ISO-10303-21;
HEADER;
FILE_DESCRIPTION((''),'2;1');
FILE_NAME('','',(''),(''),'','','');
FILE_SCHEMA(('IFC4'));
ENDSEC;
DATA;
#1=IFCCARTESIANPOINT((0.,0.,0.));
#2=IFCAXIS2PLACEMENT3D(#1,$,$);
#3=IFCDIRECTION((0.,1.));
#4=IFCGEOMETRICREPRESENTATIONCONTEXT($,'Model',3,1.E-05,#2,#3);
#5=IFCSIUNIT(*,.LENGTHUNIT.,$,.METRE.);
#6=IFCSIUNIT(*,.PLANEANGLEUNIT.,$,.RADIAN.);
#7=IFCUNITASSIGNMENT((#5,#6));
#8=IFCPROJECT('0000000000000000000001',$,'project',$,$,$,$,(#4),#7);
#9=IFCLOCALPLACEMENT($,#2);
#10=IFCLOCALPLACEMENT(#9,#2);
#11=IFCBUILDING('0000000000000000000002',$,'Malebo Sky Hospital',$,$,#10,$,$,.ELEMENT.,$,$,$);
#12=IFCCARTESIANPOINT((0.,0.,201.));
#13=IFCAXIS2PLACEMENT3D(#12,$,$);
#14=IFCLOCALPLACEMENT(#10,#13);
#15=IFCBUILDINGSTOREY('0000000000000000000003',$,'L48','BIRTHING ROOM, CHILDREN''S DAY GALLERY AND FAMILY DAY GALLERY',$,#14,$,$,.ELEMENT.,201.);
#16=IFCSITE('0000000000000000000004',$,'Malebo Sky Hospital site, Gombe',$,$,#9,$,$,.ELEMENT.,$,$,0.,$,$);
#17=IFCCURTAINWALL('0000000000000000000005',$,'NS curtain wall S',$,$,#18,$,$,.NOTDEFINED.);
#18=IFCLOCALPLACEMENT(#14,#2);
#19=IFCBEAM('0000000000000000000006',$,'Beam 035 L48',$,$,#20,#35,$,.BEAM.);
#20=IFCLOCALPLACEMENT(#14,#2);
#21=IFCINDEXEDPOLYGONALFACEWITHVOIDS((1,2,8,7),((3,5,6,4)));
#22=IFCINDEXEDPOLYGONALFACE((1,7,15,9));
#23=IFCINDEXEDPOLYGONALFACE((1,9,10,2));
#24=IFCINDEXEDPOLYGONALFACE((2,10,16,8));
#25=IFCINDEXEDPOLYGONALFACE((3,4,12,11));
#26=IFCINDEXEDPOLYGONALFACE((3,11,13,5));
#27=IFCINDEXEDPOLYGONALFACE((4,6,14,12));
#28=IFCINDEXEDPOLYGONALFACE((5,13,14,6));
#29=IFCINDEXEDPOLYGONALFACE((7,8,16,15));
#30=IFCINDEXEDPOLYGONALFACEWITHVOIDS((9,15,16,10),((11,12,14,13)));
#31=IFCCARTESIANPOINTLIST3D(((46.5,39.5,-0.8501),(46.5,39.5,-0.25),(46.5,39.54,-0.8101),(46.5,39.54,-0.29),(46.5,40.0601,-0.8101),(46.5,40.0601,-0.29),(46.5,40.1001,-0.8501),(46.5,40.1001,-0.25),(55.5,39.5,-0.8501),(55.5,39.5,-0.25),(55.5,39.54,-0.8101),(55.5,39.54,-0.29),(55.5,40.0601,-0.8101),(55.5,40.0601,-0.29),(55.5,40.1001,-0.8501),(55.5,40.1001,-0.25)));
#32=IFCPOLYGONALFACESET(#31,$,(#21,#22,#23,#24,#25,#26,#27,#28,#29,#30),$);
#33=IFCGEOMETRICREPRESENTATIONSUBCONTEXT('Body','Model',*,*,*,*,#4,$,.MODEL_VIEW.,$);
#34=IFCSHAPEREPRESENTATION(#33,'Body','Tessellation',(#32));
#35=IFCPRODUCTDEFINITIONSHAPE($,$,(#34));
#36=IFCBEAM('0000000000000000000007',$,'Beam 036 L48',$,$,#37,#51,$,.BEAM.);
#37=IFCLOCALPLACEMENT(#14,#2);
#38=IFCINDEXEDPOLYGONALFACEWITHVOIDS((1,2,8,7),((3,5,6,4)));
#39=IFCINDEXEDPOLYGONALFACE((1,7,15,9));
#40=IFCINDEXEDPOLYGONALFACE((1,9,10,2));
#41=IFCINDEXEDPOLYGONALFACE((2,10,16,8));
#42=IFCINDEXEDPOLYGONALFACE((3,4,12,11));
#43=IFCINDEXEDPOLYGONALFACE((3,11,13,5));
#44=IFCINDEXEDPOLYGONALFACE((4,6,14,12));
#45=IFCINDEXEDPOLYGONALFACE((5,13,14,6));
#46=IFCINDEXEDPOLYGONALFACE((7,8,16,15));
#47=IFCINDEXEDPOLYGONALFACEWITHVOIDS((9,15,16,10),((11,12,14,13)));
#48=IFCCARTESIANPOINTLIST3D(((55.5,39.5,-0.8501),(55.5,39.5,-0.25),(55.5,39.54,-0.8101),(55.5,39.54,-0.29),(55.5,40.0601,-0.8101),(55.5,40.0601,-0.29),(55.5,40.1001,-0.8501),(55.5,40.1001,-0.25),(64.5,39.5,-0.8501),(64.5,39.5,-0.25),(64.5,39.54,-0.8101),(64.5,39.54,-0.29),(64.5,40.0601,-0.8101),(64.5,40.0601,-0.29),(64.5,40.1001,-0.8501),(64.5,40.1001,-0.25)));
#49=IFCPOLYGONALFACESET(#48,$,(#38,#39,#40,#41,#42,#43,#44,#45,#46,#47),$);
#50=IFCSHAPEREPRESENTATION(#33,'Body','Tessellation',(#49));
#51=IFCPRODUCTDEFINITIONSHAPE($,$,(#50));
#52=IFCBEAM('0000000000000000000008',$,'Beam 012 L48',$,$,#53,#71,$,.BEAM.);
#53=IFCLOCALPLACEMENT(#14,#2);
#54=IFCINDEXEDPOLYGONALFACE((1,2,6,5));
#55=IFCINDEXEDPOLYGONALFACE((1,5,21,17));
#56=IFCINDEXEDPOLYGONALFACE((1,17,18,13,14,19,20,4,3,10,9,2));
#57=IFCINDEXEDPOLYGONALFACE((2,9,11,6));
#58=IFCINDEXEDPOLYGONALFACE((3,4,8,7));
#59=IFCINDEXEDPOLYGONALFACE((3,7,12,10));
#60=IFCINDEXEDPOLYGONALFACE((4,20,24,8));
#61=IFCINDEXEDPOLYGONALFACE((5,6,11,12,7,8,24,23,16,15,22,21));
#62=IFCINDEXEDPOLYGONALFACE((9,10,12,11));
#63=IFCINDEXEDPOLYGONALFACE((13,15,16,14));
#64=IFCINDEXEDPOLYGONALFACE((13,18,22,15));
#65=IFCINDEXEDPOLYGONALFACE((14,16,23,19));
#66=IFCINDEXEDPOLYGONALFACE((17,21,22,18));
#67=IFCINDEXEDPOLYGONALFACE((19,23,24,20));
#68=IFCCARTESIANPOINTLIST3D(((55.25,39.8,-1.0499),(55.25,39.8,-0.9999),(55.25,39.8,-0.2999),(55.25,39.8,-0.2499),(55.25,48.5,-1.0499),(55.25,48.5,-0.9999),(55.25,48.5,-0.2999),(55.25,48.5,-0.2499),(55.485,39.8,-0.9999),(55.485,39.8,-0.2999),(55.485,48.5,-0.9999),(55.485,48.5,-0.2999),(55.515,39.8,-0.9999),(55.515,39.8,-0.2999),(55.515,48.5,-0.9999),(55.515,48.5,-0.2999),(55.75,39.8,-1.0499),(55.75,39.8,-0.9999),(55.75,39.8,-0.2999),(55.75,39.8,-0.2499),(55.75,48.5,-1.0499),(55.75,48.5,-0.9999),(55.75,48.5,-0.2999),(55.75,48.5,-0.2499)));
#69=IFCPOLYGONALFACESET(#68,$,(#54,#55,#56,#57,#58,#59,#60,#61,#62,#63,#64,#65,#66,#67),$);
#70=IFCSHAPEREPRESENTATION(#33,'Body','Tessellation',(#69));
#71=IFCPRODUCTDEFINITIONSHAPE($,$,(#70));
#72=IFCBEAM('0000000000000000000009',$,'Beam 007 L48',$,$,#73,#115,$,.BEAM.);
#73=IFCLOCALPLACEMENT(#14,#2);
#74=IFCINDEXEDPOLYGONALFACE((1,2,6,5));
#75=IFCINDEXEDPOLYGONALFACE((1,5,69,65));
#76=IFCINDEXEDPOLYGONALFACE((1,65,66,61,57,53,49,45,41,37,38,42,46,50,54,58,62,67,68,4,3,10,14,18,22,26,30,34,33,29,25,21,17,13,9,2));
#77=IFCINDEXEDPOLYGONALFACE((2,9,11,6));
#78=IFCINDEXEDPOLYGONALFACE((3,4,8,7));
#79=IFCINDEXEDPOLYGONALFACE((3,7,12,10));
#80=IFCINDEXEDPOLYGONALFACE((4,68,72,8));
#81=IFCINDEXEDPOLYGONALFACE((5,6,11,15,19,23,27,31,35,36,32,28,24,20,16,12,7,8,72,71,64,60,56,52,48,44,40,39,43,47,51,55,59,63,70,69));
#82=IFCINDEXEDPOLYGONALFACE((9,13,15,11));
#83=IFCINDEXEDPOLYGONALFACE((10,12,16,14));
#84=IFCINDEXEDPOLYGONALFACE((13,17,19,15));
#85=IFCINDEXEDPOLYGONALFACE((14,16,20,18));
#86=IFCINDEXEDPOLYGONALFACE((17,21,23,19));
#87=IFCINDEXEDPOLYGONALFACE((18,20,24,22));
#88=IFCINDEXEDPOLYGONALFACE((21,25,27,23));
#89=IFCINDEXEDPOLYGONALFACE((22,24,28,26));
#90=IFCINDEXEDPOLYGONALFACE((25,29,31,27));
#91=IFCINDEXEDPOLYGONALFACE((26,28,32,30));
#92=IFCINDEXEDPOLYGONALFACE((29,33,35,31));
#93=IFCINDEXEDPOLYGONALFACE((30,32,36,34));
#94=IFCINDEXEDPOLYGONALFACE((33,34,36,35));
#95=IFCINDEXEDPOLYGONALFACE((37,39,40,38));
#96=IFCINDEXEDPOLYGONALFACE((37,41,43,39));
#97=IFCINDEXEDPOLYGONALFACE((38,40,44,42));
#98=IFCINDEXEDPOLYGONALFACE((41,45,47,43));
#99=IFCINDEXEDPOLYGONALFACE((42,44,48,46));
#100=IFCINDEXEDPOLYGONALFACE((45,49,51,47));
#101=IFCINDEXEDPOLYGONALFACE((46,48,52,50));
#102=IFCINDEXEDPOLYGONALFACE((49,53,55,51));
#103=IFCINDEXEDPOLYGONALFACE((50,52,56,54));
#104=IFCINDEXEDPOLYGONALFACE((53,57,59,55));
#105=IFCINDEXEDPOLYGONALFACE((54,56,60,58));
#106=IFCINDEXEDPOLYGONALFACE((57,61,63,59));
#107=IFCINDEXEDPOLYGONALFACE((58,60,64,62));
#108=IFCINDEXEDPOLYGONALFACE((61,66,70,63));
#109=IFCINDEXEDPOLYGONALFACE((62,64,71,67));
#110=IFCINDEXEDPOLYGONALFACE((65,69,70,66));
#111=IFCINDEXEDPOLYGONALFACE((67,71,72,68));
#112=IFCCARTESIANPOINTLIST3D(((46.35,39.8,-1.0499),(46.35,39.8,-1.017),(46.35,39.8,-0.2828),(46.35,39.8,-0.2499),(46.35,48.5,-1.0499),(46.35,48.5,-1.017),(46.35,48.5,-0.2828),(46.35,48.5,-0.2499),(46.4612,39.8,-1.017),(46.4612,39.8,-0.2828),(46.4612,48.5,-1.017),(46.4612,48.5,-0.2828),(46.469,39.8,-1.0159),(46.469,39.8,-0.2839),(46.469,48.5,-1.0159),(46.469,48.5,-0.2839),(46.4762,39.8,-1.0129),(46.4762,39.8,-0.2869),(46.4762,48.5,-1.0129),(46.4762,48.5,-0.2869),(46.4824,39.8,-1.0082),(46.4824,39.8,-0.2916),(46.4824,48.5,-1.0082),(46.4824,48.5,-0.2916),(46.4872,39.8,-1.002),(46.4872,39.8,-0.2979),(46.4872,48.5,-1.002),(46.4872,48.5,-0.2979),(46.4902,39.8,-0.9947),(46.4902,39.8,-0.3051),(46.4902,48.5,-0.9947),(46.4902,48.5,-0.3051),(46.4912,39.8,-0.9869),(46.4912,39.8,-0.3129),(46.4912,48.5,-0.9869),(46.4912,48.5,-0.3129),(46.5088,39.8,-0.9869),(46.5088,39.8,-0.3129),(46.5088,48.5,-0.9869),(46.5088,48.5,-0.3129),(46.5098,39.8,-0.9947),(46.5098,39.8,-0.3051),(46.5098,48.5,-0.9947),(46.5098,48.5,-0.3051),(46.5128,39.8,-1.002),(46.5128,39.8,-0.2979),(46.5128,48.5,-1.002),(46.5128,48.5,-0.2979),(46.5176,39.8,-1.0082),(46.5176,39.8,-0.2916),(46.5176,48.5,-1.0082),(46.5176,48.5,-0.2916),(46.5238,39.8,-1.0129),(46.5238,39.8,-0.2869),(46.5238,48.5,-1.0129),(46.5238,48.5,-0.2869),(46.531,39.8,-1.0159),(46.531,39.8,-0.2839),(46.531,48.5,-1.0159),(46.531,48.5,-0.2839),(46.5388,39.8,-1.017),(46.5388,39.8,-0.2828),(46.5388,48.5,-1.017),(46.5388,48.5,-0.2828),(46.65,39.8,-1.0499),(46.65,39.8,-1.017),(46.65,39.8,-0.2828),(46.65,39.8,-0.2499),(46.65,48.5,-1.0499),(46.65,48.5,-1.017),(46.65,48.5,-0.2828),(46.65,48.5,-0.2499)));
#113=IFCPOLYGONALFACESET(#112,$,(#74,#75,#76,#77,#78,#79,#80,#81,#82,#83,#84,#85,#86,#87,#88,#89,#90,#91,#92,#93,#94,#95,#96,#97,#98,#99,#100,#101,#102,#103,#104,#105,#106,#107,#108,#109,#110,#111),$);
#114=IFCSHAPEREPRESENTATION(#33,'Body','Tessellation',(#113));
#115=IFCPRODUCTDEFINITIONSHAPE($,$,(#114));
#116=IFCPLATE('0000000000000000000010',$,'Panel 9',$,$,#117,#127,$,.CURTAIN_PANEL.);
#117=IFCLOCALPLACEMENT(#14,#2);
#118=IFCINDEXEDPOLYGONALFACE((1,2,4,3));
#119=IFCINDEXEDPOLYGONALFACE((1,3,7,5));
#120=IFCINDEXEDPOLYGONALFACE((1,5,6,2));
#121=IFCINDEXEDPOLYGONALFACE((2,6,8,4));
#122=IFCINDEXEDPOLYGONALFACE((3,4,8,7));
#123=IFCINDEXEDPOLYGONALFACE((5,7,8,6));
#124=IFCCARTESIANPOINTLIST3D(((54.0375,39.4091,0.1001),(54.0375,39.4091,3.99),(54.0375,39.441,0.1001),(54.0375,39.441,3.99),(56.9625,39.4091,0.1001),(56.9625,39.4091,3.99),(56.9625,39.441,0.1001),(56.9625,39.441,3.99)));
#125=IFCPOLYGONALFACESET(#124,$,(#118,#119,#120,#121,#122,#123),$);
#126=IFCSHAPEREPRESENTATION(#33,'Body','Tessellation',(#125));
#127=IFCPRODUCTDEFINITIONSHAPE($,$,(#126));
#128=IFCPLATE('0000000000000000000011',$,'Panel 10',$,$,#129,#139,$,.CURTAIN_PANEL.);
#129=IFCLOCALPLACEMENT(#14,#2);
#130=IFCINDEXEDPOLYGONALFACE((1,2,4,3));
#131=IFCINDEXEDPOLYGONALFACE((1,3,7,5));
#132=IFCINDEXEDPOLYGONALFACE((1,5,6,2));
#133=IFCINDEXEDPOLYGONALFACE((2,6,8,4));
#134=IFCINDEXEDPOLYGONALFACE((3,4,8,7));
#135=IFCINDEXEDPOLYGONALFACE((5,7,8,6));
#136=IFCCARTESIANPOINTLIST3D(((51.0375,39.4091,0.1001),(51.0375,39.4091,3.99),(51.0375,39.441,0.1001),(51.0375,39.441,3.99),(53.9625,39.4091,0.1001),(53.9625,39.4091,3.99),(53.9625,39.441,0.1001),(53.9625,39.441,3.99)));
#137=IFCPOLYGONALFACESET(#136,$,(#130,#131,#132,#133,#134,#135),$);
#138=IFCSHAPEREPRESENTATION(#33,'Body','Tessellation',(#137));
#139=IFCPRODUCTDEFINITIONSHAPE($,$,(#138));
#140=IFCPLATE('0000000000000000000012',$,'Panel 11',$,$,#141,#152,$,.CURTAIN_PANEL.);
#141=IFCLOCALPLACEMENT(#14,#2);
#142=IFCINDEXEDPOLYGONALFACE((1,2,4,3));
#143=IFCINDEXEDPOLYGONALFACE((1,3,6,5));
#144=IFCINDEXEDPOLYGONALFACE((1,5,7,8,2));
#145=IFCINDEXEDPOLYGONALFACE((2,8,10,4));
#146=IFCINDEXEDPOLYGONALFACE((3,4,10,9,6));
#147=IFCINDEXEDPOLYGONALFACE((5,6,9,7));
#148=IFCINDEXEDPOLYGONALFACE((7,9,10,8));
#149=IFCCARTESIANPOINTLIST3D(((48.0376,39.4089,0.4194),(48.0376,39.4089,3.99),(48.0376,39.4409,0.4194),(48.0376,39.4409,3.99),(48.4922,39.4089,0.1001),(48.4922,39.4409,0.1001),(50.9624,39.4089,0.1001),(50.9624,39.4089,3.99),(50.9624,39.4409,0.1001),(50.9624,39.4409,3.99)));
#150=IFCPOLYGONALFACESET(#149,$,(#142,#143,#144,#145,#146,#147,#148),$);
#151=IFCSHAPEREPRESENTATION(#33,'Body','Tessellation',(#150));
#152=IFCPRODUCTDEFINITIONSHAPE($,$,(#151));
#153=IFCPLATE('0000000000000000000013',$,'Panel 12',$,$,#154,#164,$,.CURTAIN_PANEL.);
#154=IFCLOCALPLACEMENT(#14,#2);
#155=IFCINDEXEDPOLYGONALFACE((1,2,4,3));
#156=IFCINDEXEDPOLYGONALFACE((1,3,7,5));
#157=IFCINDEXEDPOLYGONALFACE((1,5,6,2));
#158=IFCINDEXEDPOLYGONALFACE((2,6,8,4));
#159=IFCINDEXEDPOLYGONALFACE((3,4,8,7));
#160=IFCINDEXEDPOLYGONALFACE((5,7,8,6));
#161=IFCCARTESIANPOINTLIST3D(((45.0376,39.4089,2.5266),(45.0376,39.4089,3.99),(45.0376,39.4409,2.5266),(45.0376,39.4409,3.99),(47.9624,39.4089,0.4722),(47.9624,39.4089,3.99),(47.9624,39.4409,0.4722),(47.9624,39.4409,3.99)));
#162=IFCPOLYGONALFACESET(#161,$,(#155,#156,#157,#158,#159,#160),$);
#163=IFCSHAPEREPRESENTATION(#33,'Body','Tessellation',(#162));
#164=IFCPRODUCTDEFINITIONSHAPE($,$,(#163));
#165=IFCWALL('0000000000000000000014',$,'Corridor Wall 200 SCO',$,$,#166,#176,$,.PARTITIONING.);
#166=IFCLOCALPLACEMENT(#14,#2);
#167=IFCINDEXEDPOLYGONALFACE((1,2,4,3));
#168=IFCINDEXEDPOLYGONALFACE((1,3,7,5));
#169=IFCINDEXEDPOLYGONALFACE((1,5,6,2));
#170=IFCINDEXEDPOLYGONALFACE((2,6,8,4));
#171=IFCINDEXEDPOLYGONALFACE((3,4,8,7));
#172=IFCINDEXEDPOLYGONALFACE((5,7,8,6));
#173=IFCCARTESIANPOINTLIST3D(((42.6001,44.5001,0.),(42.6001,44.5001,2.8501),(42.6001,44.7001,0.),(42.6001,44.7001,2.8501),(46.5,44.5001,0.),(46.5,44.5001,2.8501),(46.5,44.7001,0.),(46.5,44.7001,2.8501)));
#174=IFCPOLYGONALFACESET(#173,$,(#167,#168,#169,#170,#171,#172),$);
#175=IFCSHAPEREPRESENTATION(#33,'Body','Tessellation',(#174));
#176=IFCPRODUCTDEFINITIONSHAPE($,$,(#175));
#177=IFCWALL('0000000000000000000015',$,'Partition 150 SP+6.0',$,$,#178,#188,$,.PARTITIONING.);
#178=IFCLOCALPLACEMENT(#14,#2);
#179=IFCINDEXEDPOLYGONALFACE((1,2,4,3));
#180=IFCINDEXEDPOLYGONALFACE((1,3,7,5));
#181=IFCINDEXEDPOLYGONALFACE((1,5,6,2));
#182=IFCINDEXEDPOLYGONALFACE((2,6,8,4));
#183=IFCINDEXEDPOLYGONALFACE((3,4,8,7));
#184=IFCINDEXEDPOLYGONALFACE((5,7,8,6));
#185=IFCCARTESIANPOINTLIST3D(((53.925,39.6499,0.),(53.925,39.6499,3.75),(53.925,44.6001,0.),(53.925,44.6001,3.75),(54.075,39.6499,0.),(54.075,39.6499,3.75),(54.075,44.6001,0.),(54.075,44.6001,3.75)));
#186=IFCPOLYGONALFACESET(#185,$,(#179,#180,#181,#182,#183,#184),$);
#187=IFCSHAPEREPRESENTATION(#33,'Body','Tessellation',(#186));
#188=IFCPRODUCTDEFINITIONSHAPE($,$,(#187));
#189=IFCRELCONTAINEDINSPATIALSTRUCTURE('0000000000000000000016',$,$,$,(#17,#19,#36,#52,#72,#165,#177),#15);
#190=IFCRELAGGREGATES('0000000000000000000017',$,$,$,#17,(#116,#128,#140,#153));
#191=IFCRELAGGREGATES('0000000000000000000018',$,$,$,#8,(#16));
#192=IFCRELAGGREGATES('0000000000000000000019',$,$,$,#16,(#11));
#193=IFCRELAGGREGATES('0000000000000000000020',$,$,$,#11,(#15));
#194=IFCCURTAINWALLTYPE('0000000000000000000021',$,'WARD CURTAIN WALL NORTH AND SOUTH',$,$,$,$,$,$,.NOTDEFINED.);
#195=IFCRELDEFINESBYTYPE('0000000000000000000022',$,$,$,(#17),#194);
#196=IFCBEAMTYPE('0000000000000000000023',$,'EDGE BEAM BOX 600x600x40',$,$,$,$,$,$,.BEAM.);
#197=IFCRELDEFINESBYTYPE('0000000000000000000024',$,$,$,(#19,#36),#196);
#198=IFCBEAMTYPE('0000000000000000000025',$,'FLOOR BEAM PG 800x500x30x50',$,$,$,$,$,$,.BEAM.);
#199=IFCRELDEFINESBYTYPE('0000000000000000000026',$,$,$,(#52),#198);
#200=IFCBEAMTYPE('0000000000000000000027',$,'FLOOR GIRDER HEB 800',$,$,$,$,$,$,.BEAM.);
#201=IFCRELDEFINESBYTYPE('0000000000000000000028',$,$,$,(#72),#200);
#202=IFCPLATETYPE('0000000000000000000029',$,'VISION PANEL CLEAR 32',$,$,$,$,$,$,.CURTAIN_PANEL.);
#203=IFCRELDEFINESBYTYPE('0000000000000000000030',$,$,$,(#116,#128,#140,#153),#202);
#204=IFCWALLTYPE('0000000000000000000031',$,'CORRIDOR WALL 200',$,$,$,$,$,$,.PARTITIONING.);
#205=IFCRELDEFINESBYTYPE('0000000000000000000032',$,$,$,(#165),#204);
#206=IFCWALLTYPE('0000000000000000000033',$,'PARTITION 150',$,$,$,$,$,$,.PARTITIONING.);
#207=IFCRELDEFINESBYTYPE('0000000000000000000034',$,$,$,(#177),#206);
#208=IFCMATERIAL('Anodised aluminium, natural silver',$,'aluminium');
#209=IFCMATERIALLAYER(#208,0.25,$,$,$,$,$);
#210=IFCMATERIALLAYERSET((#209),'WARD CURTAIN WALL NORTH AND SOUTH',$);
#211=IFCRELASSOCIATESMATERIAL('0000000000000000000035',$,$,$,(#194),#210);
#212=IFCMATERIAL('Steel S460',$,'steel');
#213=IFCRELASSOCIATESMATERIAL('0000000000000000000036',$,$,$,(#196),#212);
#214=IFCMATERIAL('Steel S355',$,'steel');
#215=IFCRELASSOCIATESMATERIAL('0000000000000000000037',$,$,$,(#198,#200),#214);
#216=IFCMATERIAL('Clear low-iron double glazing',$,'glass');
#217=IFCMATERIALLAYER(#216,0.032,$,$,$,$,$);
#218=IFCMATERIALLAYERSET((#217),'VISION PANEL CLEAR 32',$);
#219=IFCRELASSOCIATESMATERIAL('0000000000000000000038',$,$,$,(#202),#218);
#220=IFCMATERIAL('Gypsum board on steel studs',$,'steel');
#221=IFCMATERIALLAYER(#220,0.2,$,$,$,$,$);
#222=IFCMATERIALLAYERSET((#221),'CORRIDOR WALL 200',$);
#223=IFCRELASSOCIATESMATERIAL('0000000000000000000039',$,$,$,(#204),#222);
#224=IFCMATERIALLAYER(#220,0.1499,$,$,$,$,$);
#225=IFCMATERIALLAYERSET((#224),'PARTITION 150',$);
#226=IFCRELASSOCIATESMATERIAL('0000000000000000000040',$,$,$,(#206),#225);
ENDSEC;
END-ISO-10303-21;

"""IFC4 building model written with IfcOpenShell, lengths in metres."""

from ifc_helpers import new_model, si_unit, direction, frame, frame_2d, origin, origin_2d, place, context, subcontext, project, spatial, polyline, rectangle, hollow_rectangle, i_section, outline, extrude, material, layer, layer_set, material_profile, profile_set, type_object, element, aggregate, save


model = new_model("IFC4")

# Units and contexts
model_context = context("Model", 3, precision=1e-05, world=origin(), true_north=direction((0.0, 1.0)))
body_context = subcontext(model_context, "Body", "Model", "MODEL_VIEW")
ifc_project = project(units=[si_unit("LENGTHUNIT", "METRE"), si_unit("PLANEANGLEUNIT", "RADIAN")], contexts=[model_context])

# Site, building, storey
site_placement = place(None, origin())
site = spatial("IfcSite", under=ifc_project, at=site_placement, Name="Malebo Sky Hospital site, Gombe", CompositionType="ELEMENT", RefElevation=0.0)
building_placement = place(site_placement, origin())
building = spatial("IfcBuilding", under=site, at=building_placement, Name="Malebo Sky Hospital", CompositionType="ELEMENT")
storey_placement = place(building_placement, frame((0.0, 0.0, 201.0)))
storey = spatial("IfcBuildingStorey", under=building, at=storey_placement, Name="L48", Description="BIRTHING ROOM, CHILDREN'S DAY GALLERY AND FAMILY DAY GALLERY", CompositionType="ELEMENT", Elevation=201.0)

# Shared definitions
ifc_material_1 = material(Name="Steel S460", Category="steel")

# Curtain wall
ifc_material_2 = material(Name="Anodised aluminium, natural silver", Category="aluminium")
ifc_layer_1 = layer(ifc_material_2, 0.25)
ifc_layer_set_1 = layer_set([ifc_layer_1], Name="WARD CURTAIN WALL NORTH AND SOUTH")
curtain_wall_type = type_object("IfcCurtainWallType", Name="WARD CURTAIN WALL NORTH AND SOUTH", PredefinedType="NOTDEFINED", material=ifc_layer_set_1)
curtain_wall_placement = place(storey_placement, origin())
curtain_wall = element("IfcCurtainWall", 1, at=curtain_wall_placement, inside=storey, type_object=curtain_wall_type, Name="NS curtain wall S", PredefinedType="NOTDEFINED")

# Shared definitions
ifc_material_3 = material(Name="Steel S355", Category="steel")

# Beams
ifc_material_profile_1 = material_profile(ifc_material_1, hollow_rectangle(XDim=0.6001, YDim=0.6001, WallThickness=0.04, at=origin_2d()), Name="BOX 600x600x40")
ifc_profile_set_1 = profile_set([ifc_material_profile_1], Name="Steel S460")
beam_type_1 = type_object("IfcBeamType", Name="EDGE BEAM BOX 600x600x40", PredefinedType="BEAM", material=ifc_profile_set_1)
for number, where, z_axis, x_axis, name in (
    (2, (46.5, 39.8, -0.55), (1.0, 0.0, 0.0), (0.0, 1.0, 0.0), "Beam 035 L48"),
    (3, (55.5, 39.8, -0.55), (1.0, 0.0, 0.0), (0.0, 1.0, 0.0), "Beam 036 L48"),
):
    element("IfcBeam", number, at=place(storey_placement, frame(where, z_axis=z_axis, x_axis=x_axis)), inside=storey, type_object=beam_type_1, Name=name, PredefinedType="BEAM", context=body_context, shape_type="SweptSolid", body=[
        extrude(hollow_rectangle(XDim=0.6001, YDim=0.6001, WallThickness=0.04, at=origin_2d()), origin(), (0.0, 0.0, 1.0), 9.0),
    ])
ifc_material_profile_2 = material_profile(ifc_material_3, i_section(OverallWidth=0.5, OverallDepth=0.8, WebThickness=0.03, FlangeThickness=0.05, at=origin_2d()), Name="PG 800x500x30x50")
ifc_profile_set_2 = profile_set([ifc_material_profile_2], Name="Steel S355")
beam_type_2 = type_object("IfcBeamType", Name="FLOOR BEAM PG 800x500x30x50", PredefinedType="BEAM", material=ifc_profile_set_2)
beam_1_placement = place(storey_placement, frame((55.5, 39.8, -0.6499), z_axis=(0.0, 1.0, 0.0), x_axis=(-1.0, 0.0, 0.0)))
element("IfcBeam", 4, at=beam_1_placement, inside=storey, type_object=beam_type_2, Name="Beam 012 L48", PredefinedType="BEAM", context=body_context, shape_type="SweptSolid", body=[
    extrude(i_section(OverallWidth=0.5, OverallDepth=0.8, WebThickness=0.03, FlangeThickness=0.05, at=origin_2d()), origin(), (0.0, 0.0, 1.0), 8.7),
])
ifc_material_profile_3 = material_profile(ifc_material_3, i_section(OverallWidth=0.3, OverallDepth=0.8, WebThickness=0.0176, FlangeThickness=0.033, FilletRadius=0.03, at=origin_2d()), Name="HEB 800")
ifc_profile_set_3 = profile_set([ifc_material_profile_3], Name="Steel S355")
beam_type_3 = type_object("IfcBeamType", Name="FLOOR GIRDER HEB 800", PredefinedType="BEAM", material=ifc_profile_set_3)
beam_2_placement = place(storey_placement, frame((46.5, 39.8, -0.6499), z_axis=(0.0, 1.0, 0.0), x_axis=(-1.0, 0.0, 0.0)))
element("IfcBeam", 5, at=beam_2_placement, inside=storey, type_object=beam_type_3, Name="Beam 007 L48", PredefinedType="BEAM", context=body_context, shape_type="SweptSolid", body=[
    extrude(i_section(OverallWidth=0.3, OverallDepth=0.8, WebThickness=0.0176, FlangeThickness=0.033, FilletRadius=0.03, at=origin_2d()), origin(), (0.0, 0.0, 1.0), 8.7),
])

# Plates
ifc_material_4 = material(Name="Clear low-iron double glazing", Category="glass")
ifc_layer_2 = layer(ifc_material_4, 0.032)
ifc_layer_set_2 = layer_set([ifc_layer_2], Name="VISION PANEL CLEAR 32")
plate_type = type_object("IfcPlateType", Name="VISION PANEL CLEAR 32", PredefinedType="CURTAIN_PANEL", material=ifc_layer_set_2)
plate_1_placement = place(storey_placement, frame((55.5, 39.425, 0.1001), z_axis=(0.0, 0.0, 1.0), x_axis=(-1.0, 0.0, 0.0)))
plate_1 = element("IfcPlate", 6, at=plate_1_placement, type_object=plate_type, Name="Panel 9", PredefinedType="CURTAIN_PANEL", context=body_context, shape_type="SweptSolid", body=[
    extrude(rectangle(XDim=2.925, YDim=0.032, at=origin_2d()), origin(), (0.0, 0.0, 1.0), 3.8899),
])
plate_2_placement = place(storey_placement, frame((52.5, 39.425, 0.1001), z_axis=(0.0, 0.0, 1.0), x_axis=(-1.0, 0.0, 0.0)))
plate_2 = element("IfcPlate", 7, at=plate_2_placement, type_object=plate_type, Name="Panel 10", PredefinedType="CURTAIN_PANEL", context=body_context, shape_type="SweptSolid", body=[
    extrude(rectangle(XDim=2.925, YDim=0.032, at=origin_2d()), origin(), (0.0, 0.0, 1.0), 3.8899),
])
plate_3_placement = place(storey_placement, frame((49.5, 39.425, 0.1001), z_axis=(0.0, 0.0, 1.0), x_axis=(-1.0, 0.0, 0.0)))
plate_3 = element("IfcPlate", 8, at=plate_3_placement, type_object=plate_type, Name="Panel 11", PredefinedType="CURTAIN_PANEL", context=body_context, shape_type="SweptSolid", body=[
    extrude(outline(polyline([(-1.4624, 0.0), (1.0078, 0.0), (1.4624, 0.3193), (1.4624, 3.8899), (-1.4624, 3.8899), (-1.4624, 0.0)])), frame((0.0, 0.0161, 0.0), z_axis=(0.0, -1.0, 0.0), x_axis=(1.0, 0.0, 0.0)), (0.0, 0.0, 1.0), 0.032),
])
plate_4_placement = place(storey_placement, frame((46.5, 39.425, 0.4722), z_axis=(0.0, 0.0, 1.0), x_axis=(-1.0, 0.0, 0.0)))
plate_4 = element("IfcPlate", 9, at=plate_4_placement, type_object=plate_type, Name="Panel 12", PredefinedType="CURTAIN_PANEL", context=body_context, shape_type="SweptSolid", body=[
    extrude(outline(polyline([(-1.4624, 0.0), (1.4624, 2.0544), (1.4624, 3.5178), (-1.4624, 3.5178), (-1.4624, 0.0)])), frame((0.0, 0.0161, 0.0), z_axis=(0.0, -1.0, 0.0), x_axis=(1.0, 0.0, 0.0)), (0.0, 0.0, 1.0), 0.032),
])
aggregate(curtain_wall, [plate_1, plate_2, plate_3, plate_4])

# Walls
ifc_material_5 = material(Name="Gypsum board on steel studs", Category="steel")
ifc_layer_3 = layer(ifc_material_5, 0.2)
ifc_layer_set_3 = layer_set([ifc_layer_3], Name="CORRIDOR WALL 200")
wall_type_1 = type_object("IfcWallType", Name="CORRIDOR WALL 200", PredefinedType="PARTITIONING", material=ifc_layer_set_3)
wall_1_placement = place(storey_placement, frame((46.5, 44.6001, 0.0), z_axis=(0.0, 0.0, 1.0), x_axis=(-1.0, 0.0, 0.0)))
element("IfcWall", 10, at=wall_1_placement, inside=storey, type_object=wall_type_1, Name="Corridor Wall 200 SCO", PredefinedType="PARTITIONING", context=body_context, shape_type="SweptSolid", body=[
    extrude(rectangle(XDim=3.8999, YDim=0.2, at=frame_2d((1.95, 0.0))), origin(), (0.0, 0.0, 1.0), 2.8501),
])
ifc_layer_4 = layer(ifc_material_5, 0.1499)
ifc_layer_set_4 = layer_set([ifc_layer_4], Name="PARTITION 150")
wall_type_2 = type_object("IfcWallType", Name="PARTITION 150", PredefinedType="PARTITIONING", material=ifc_layer_set_4)
wall_2_placement = place(storey_placement, frame((54.0, 44.6001, 0.0), z_axis=(0.0, 0.0, 1.0), x_axis=(0.0, -1.0, 0.0)))
element("IfcWall", 11, at=wall_2_placement, inside=storey, type_object=wall_type_2, Name="Partition 150 SP+6.0", PredefinedType="PARTITIONING", context=body_context, shape_type="SweptSolid", body=[
    extrude(rectangle(XDim=4.9502, YDim=0.1499, at=frame_2d((2.4751, 0.0))), origin(), (0.0, 0.0, 1.0), 3.75),
])

save(model, "model.ifc")
